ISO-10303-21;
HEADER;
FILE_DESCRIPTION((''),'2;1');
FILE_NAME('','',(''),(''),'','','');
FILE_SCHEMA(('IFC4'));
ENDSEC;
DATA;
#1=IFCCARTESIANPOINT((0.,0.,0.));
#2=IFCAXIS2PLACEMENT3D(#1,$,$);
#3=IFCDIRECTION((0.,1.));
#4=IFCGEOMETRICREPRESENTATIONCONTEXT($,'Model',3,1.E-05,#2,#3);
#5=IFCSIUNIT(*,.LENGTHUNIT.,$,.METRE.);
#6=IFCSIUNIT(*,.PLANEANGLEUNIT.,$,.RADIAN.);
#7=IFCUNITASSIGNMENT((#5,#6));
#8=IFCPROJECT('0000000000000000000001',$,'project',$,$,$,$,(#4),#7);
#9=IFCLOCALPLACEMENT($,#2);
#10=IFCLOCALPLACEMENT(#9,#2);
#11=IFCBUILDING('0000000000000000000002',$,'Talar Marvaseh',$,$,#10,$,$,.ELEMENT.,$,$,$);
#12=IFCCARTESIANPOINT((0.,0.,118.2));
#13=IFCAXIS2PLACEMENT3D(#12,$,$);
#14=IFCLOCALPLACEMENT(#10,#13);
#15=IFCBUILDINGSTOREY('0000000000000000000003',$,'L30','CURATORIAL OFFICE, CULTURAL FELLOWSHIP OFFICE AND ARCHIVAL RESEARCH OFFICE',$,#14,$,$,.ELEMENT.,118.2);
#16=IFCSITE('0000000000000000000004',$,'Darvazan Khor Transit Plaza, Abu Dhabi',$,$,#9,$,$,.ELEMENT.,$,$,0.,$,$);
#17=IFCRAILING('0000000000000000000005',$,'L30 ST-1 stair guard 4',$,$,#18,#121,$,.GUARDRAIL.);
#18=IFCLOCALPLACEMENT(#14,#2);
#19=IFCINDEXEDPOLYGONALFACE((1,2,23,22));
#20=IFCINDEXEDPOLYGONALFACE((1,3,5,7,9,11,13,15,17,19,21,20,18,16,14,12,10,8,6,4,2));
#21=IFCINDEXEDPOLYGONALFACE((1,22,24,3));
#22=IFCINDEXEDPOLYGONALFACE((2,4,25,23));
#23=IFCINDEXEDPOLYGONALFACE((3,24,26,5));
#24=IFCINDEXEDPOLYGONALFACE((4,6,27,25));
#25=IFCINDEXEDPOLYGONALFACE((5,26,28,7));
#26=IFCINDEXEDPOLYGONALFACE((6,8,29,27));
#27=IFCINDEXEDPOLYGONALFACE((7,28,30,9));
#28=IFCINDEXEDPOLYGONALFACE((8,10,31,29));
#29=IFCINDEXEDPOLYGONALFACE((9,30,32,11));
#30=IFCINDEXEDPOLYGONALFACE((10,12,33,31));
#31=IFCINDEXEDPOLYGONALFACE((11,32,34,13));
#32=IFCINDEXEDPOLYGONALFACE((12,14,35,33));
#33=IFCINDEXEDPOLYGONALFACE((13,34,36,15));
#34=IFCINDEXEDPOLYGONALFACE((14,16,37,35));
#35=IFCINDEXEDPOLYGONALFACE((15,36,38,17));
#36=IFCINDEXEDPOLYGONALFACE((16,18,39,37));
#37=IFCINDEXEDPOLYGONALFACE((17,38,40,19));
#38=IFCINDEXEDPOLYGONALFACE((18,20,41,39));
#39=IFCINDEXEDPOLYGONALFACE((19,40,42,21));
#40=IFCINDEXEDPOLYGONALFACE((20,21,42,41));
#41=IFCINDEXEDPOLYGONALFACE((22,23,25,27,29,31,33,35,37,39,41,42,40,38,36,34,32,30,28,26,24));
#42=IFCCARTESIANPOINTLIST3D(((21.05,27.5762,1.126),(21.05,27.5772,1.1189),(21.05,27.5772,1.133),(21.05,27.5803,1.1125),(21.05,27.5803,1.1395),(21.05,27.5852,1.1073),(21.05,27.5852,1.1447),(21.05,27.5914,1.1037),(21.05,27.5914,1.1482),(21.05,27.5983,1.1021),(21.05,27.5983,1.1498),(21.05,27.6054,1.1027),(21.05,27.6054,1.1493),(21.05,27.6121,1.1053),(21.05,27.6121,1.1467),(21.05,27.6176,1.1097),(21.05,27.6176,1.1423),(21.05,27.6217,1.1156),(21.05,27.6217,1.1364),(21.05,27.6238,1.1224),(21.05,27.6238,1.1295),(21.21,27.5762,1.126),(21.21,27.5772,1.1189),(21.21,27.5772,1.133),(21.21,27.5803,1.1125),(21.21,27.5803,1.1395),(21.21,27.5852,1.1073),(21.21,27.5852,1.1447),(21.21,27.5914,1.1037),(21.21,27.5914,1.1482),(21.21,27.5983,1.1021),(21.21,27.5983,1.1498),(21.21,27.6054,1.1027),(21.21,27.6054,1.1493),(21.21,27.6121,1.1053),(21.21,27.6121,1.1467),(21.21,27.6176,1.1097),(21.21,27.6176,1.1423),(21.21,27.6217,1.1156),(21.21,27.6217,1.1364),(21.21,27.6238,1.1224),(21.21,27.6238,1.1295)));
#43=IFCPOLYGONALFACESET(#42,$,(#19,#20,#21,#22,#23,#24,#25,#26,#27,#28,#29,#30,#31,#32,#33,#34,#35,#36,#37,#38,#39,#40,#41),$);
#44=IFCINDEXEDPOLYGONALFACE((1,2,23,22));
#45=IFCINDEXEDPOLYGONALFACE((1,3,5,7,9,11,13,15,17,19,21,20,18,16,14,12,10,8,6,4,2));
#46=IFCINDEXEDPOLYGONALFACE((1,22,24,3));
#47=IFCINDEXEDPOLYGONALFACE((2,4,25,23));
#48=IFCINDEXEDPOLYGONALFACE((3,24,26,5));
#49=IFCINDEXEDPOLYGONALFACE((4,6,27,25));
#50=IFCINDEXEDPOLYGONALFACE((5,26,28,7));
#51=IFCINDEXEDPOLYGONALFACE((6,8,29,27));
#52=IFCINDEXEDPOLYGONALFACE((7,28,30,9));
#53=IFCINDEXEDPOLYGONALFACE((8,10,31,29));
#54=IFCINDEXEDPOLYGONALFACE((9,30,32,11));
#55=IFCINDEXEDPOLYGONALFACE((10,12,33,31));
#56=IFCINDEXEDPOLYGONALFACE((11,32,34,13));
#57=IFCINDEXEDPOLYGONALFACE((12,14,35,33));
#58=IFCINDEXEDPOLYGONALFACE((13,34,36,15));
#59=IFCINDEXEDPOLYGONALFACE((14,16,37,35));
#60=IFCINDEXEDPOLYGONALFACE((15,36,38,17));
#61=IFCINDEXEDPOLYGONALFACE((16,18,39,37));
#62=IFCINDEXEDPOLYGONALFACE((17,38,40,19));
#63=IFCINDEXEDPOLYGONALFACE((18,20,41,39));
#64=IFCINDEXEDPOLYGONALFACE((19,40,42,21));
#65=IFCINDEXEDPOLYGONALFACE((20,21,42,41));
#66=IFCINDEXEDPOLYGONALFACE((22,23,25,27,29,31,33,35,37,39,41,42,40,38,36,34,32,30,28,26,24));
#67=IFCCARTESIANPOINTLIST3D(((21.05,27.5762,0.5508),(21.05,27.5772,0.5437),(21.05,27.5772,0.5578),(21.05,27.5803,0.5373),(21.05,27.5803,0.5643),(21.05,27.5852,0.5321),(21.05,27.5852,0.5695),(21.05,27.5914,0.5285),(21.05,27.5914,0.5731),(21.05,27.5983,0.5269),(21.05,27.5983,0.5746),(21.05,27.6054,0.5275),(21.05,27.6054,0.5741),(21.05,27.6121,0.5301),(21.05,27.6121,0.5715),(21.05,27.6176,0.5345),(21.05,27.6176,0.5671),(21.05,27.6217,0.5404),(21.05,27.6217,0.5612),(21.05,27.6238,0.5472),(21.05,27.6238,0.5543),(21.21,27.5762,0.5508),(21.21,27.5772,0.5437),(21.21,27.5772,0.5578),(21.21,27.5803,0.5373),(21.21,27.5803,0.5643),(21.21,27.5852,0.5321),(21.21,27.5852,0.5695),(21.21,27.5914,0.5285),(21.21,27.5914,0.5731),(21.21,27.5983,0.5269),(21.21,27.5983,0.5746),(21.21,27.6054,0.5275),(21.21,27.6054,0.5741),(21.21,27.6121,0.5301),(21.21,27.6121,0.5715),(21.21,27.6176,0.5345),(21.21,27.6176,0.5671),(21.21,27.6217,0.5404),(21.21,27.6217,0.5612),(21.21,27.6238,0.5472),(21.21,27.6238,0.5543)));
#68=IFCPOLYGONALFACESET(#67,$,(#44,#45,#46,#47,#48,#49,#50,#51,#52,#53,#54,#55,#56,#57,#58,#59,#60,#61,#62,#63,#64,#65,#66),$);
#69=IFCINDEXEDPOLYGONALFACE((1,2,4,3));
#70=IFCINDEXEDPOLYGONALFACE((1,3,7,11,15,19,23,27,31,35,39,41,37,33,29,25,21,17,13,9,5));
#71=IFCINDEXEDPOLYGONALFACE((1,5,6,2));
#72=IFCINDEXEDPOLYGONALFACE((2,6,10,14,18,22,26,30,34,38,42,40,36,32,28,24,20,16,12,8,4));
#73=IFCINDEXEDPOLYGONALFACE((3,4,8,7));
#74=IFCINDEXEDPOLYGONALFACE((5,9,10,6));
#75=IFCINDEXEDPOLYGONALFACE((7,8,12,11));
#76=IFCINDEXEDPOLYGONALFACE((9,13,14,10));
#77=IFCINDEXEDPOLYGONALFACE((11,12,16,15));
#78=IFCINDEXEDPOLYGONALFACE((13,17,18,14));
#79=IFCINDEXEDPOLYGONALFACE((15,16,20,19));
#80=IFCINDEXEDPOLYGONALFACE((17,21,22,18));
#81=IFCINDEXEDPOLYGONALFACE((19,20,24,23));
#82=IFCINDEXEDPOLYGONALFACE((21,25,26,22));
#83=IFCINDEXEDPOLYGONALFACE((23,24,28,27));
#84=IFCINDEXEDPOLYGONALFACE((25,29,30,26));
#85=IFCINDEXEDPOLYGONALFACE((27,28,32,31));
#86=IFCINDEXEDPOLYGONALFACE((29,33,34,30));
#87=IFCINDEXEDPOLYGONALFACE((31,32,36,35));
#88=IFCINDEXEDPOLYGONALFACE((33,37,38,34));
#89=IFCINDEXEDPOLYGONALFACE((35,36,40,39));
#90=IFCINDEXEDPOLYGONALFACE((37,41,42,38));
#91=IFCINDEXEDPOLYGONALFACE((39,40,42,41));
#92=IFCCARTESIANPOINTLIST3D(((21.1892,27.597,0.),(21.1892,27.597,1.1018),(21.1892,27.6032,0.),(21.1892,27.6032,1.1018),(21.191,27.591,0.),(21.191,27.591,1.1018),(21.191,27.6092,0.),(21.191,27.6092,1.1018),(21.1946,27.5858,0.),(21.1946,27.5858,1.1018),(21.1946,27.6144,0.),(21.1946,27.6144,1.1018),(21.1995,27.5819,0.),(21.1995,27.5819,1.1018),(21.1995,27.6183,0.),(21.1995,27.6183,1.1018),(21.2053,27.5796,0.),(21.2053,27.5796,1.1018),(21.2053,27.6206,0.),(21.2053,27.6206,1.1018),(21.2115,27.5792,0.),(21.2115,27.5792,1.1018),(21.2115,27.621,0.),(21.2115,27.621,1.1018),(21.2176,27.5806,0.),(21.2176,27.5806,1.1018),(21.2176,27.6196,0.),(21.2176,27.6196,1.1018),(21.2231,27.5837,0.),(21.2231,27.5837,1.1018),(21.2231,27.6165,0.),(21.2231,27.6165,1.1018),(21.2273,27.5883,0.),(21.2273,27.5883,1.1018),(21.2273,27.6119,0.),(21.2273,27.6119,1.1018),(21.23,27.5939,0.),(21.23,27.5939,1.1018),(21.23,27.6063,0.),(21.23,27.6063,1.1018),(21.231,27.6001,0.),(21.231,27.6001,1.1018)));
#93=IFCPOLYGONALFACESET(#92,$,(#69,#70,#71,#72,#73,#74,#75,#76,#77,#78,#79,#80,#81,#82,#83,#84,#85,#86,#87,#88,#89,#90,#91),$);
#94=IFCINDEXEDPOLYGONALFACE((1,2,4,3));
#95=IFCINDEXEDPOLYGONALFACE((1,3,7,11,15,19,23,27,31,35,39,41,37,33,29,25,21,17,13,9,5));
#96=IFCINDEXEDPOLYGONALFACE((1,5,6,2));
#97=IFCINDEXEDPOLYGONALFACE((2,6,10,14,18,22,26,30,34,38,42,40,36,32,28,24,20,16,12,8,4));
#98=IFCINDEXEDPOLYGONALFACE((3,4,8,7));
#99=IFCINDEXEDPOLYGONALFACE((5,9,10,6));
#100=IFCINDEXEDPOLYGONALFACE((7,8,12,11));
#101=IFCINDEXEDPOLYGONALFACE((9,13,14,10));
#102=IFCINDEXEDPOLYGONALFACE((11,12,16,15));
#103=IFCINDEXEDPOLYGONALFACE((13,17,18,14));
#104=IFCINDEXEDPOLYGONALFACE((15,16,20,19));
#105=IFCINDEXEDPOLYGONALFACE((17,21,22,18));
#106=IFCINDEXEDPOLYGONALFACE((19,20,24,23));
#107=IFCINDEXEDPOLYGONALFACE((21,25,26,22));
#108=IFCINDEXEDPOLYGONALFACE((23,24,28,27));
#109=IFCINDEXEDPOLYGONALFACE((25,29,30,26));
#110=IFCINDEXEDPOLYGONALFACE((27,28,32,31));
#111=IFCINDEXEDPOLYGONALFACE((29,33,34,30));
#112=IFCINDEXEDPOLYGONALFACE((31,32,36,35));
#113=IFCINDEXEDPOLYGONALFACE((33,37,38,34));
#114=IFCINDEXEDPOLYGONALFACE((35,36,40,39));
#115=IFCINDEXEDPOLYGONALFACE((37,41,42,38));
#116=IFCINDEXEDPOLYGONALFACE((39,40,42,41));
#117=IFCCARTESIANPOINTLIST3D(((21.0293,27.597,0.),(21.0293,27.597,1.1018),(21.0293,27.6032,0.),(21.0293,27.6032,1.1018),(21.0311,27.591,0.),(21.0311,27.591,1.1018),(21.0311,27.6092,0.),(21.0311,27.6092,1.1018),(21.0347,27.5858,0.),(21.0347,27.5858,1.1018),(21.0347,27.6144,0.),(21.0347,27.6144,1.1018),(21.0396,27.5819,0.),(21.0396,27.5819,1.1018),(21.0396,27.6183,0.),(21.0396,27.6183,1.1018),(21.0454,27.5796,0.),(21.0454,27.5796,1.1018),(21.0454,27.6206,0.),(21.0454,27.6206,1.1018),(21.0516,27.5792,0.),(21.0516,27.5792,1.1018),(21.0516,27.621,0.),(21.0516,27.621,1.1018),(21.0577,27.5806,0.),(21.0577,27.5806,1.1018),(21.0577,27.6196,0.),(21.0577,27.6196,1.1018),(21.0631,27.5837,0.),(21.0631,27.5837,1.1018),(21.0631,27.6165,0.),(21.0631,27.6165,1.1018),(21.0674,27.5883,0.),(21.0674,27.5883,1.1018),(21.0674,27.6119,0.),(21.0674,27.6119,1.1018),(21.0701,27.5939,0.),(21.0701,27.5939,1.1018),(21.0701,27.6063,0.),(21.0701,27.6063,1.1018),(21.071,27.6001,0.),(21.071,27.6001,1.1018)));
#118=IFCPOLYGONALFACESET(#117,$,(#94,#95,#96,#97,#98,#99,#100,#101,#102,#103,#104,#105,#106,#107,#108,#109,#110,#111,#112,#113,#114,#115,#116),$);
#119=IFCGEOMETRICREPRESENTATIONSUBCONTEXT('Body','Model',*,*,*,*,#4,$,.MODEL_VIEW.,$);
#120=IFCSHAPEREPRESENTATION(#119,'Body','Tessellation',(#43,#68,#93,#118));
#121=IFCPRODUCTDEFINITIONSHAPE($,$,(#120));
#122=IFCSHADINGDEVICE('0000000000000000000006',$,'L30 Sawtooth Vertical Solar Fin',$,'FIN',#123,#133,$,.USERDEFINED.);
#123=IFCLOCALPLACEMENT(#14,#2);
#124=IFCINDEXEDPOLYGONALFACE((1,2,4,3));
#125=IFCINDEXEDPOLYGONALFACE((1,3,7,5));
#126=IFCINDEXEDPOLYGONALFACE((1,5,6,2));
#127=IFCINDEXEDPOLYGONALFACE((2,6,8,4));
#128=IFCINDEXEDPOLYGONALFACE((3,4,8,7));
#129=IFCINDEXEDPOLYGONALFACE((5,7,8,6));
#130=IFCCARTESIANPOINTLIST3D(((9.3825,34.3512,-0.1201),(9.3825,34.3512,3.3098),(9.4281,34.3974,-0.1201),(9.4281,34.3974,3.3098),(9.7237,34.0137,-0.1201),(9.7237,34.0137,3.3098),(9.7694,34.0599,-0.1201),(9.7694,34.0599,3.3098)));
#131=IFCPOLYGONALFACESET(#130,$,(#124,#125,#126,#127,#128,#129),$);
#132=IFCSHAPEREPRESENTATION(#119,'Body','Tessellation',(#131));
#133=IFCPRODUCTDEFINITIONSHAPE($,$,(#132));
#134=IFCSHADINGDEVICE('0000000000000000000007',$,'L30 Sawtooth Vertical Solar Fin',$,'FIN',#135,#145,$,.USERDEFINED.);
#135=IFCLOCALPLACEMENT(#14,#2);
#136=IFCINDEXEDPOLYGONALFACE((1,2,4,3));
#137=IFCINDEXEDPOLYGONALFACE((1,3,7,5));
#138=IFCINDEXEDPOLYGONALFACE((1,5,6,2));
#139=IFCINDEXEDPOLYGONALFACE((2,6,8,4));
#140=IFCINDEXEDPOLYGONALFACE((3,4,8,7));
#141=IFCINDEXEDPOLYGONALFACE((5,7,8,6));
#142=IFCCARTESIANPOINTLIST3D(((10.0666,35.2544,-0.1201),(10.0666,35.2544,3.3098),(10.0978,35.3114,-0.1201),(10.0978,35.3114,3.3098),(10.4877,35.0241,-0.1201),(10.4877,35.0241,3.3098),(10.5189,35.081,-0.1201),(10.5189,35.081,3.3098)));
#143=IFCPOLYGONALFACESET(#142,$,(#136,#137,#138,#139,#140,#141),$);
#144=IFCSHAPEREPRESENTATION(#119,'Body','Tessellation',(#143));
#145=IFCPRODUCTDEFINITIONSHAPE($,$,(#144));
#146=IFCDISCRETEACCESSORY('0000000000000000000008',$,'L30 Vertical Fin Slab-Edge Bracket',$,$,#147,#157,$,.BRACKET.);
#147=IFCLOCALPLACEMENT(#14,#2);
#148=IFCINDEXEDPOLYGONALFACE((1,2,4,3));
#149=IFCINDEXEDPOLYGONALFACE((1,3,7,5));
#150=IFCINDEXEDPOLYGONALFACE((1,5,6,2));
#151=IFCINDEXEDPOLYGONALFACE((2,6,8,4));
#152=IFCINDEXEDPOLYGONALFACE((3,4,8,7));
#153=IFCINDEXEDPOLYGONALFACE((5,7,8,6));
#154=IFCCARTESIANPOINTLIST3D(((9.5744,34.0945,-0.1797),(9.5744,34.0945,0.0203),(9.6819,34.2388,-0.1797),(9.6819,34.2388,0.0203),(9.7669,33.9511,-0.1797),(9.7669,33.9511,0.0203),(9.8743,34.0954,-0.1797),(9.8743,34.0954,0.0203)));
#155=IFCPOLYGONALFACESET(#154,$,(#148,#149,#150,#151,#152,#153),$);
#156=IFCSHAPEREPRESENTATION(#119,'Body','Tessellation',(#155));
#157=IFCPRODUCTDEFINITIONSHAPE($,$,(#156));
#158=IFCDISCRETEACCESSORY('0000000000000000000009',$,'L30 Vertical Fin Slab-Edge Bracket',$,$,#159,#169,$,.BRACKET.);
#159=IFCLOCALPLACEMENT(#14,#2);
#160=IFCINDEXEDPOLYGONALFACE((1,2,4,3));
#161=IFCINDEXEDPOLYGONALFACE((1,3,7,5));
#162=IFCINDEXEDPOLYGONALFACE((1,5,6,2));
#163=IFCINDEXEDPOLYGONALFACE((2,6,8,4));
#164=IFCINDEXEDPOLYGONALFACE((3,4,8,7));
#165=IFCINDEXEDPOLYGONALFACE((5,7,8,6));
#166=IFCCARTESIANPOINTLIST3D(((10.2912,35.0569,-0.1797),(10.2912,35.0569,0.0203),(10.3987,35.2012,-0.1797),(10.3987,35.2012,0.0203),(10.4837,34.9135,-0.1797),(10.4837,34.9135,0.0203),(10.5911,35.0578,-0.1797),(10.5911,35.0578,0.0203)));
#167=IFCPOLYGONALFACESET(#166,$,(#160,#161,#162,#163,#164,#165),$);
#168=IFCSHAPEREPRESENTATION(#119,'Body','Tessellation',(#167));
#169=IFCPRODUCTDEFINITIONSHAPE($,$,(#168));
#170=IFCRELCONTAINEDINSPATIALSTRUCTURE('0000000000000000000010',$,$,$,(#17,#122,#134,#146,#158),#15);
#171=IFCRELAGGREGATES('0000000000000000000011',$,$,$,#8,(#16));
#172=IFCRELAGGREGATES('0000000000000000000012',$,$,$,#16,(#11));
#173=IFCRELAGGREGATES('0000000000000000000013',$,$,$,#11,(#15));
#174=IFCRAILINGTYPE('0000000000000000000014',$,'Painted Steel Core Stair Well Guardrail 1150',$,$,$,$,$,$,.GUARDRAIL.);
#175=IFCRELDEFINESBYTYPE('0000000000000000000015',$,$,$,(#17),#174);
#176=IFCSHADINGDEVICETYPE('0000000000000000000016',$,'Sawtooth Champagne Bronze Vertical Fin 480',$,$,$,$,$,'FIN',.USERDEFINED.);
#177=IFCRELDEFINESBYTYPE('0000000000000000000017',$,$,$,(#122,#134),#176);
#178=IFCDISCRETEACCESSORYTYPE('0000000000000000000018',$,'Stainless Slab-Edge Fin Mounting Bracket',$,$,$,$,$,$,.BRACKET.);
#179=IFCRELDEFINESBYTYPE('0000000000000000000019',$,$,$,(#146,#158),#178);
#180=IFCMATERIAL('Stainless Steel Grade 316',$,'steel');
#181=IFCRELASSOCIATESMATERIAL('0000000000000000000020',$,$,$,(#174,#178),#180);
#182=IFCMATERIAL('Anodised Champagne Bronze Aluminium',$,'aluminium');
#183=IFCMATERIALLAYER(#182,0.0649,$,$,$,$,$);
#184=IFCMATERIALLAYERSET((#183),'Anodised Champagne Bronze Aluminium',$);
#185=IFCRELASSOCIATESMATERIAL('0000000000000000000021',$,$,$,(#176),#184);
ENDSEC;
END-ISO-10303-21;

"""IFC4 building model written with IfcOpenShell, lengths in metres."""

from ifc_helpers import new_model, si_unit, direction, frame, origin, origin_2d, place, context, subcontext, project, spatial, rectangle, circle, extrude, source, transform, mapped, material, layer, layer_set, type_object, type_shapes, element, save


model = new_model("IFC4")

# Units and contexts
model_context = context("Model", 3, precision=1e-05, world=origin(), true_north=direction((0.0, 1.0)))
body_context = subcontext(model_context, "Body", "Model", "MODEL_VIEW")
ifc_project = project(units=[si_unit("LENGTHUNIT", "METRE"), si_unit("PLANEANGLEUNIT", "RADIAN")], contexts=[model_context])

# Site, building, storey
site_placement = place(None, origin())
site = spatial("IfcSite", under=ifc_project, at=site_placement, Name="Darvazan Khor Transit Plaza, Abu Dhabi", CompositionType="ELEMENT", RefElevation=0.0)
building_placement = place(site_placement, origin())
building = spatial("IfcBuilding", under=site, at=building_placement, Name="Talar Marvaseh", CompositionType="ELEMENT")
storey_placement = place(building_placement, frame((0.0, 0.0, 118.2)))
storey = spatial("IfcBuildingStorey", under=building, at=storey_placement, Name="L30", Description="CURATORIAL OFFICE, CULTURAL FELLOWSHIP OFFICE AND ARCHIVAL RESEARCH OFFICE", CompositionType="ELEMENT", Elevation=118.2)

# Railing
ifc_material_1 = material(Name="Stainless Steel Grade 316", Category="steel")
railing_type_1 = type_object("IfcRailingType", Name="Painted Steel Core Stair Well Guardrail 1150", PredefinedType="GUARDRAIL", material=ifc_material_1)
railing_1_placement = place(storey_placement, frame((21.21, 27.6001, 0.0)))
element("IfcRailing", 1, at=railing_1_placement, inside=storey, type_object=railing_type_1, Name="L30 ST-1 stair guard 4", PredefinedType="GUARDRAIL", context=body_context, shape_type="SweptSolid", body=[
    extrude(circle(Radius=0.0239, at=origin_2d()), frame((0.0, 0.0, 1.126), z_axis=(-1.0, 0.0, 0.0), x_axis=(0.0, -1.0, 0.0)), (0.0, 0.0, 1.0), 0.1599),
    extrude(circle(Radius=0.0239, at=origin_2d()), frame((0.0, 0.0, 0.5508), z_axis=(-1.0, 0.0, 0.0), x_axis=(0.0, -1.0, 0.0)), (0.0, 0.0, 1.0), 0.1599),
    extrude(circle(Radius=0.021, at=origin_2d()), origin(), (0.0, 0.0, 1.0), 1.1018),
    extrude(circle(Radius=0.021, at=origin_2d()), frame((-0.1599, 0.0, 0.0)), (0.0, 0.0, 1.0), 1.1018),
])

# Shading devices
ifc_material_2 = material(Name="Anodised Champagne Bronze Aluminium", Category="aluminium")
ifc_layer_1 = layer(ifc_material_2, 0.0649)
ifc_layer_set_1 = layer_set([ifc_layer_1], Name="Anodised Champagne Bronze Aluminium")
shading_device_type = type_object("IfcShadingDeviceType", Name="Sawtooth Champagne Bronze Vertical Fin 480", ElementType="FIN", PredefinedType="USERDEFINED", material=ifc_layer_set_1)
shared_shape_1 = source(origin(), body_context, "Body", "SweptSolid", [
    extrude(rectangle(XDim=0.48, YDim=0.0649, at=origin_2d()), origin(), (0.0, 0.0, 1.0), 3.4299),
])
type_shapes(shading_device_type, [shared_shape_1])
for number, where, z_axis, x_axis, name in (
    (2, (9.5759, 34.2056, -0.1201), (0.0, 0.0, 1.0), (-0.711045, 0.703147, 0.0), "L30 Sawtooth Vertical Solar Fin"),
    (3, (10.2927, 35.1677, -0.1201), (0.0, 0.0, 1.0), (-0.877314, 0.479917, 0.0), "L30 Sawtooth Vertical Solar Fin"),
):
    element("IfcShadingDevice", number, at=place(storey_placement, frame(where, z_axis=z_axis, x_axis=x_axis)), inside=storey, type_object=shading_device_type, Name=name, ObjectType="FIN", PredefinedType="USERDEFINED", context=body_context, shape_type="MappedRepresentation", body=[
        mapped(shared_shape_1, transform((0.0, 0.0, 0.0), x_axis=(1.0, 0.0, 0.0), y_axis=(0.0, 1.0, 0.0), z_axis=(0.0, 0.0, 1.0), scale=1.0)),
    ])

# Discrete accessories
discrete_accessory_type = type_object("IfcDiscreteAccessoryType", Name="Stainless Slab-Edge Fin Mounting Bracket", PredefinedType="BRACKET", material=ifc_material_1)
shared_shape_2 = source(origin(), body_context, "Body", "SweptSolid", [
    extrude(rectangle(XDim=0.24, YDim=0.1799, at=origin_2d()), origin(), (0.0, 0.0, 1.0), 0.2),
])
type_shapes(discrete_accessory_type, [shared_shape_2])
for number, where, z_axis, x_axis, name in (
    (4, (9.7244, 34.095, -0.1797), (0.0, 0.0, 1.0), (-0.801984, 0.597345, 0.0), "L30 Vertical Fin Slab-Edge Bracket"),
    (5, (10.4412, 35.0574, -0.1797), (0.0, 0.0, 1.0), (-0.801984, 0.597345, 0.0), "L30 Vertical Fin Slab-Edge Bracket"),
):
    element("IfcDiscreteAccessory", number, at=place(storey_placement, frame(where, z_axis=z_axis, x_axis=x_axis)), inside=storey, type_object=discrete_accessory_type, Name=name, PredefinedType="BRACKET", context=body_context, shape_type="MappedRepresentation", body=[
        mapped(shared_shape_2, transform((0.0, 0.0, 0.0), x_axis=(1.0, 0.0, 0.0), y_axis=(0.0, 1.0, 0.0), z_axis=(0.0, 0.0, 1.0), scale=1.0)),
    ])

save(model, "model.ifc")
